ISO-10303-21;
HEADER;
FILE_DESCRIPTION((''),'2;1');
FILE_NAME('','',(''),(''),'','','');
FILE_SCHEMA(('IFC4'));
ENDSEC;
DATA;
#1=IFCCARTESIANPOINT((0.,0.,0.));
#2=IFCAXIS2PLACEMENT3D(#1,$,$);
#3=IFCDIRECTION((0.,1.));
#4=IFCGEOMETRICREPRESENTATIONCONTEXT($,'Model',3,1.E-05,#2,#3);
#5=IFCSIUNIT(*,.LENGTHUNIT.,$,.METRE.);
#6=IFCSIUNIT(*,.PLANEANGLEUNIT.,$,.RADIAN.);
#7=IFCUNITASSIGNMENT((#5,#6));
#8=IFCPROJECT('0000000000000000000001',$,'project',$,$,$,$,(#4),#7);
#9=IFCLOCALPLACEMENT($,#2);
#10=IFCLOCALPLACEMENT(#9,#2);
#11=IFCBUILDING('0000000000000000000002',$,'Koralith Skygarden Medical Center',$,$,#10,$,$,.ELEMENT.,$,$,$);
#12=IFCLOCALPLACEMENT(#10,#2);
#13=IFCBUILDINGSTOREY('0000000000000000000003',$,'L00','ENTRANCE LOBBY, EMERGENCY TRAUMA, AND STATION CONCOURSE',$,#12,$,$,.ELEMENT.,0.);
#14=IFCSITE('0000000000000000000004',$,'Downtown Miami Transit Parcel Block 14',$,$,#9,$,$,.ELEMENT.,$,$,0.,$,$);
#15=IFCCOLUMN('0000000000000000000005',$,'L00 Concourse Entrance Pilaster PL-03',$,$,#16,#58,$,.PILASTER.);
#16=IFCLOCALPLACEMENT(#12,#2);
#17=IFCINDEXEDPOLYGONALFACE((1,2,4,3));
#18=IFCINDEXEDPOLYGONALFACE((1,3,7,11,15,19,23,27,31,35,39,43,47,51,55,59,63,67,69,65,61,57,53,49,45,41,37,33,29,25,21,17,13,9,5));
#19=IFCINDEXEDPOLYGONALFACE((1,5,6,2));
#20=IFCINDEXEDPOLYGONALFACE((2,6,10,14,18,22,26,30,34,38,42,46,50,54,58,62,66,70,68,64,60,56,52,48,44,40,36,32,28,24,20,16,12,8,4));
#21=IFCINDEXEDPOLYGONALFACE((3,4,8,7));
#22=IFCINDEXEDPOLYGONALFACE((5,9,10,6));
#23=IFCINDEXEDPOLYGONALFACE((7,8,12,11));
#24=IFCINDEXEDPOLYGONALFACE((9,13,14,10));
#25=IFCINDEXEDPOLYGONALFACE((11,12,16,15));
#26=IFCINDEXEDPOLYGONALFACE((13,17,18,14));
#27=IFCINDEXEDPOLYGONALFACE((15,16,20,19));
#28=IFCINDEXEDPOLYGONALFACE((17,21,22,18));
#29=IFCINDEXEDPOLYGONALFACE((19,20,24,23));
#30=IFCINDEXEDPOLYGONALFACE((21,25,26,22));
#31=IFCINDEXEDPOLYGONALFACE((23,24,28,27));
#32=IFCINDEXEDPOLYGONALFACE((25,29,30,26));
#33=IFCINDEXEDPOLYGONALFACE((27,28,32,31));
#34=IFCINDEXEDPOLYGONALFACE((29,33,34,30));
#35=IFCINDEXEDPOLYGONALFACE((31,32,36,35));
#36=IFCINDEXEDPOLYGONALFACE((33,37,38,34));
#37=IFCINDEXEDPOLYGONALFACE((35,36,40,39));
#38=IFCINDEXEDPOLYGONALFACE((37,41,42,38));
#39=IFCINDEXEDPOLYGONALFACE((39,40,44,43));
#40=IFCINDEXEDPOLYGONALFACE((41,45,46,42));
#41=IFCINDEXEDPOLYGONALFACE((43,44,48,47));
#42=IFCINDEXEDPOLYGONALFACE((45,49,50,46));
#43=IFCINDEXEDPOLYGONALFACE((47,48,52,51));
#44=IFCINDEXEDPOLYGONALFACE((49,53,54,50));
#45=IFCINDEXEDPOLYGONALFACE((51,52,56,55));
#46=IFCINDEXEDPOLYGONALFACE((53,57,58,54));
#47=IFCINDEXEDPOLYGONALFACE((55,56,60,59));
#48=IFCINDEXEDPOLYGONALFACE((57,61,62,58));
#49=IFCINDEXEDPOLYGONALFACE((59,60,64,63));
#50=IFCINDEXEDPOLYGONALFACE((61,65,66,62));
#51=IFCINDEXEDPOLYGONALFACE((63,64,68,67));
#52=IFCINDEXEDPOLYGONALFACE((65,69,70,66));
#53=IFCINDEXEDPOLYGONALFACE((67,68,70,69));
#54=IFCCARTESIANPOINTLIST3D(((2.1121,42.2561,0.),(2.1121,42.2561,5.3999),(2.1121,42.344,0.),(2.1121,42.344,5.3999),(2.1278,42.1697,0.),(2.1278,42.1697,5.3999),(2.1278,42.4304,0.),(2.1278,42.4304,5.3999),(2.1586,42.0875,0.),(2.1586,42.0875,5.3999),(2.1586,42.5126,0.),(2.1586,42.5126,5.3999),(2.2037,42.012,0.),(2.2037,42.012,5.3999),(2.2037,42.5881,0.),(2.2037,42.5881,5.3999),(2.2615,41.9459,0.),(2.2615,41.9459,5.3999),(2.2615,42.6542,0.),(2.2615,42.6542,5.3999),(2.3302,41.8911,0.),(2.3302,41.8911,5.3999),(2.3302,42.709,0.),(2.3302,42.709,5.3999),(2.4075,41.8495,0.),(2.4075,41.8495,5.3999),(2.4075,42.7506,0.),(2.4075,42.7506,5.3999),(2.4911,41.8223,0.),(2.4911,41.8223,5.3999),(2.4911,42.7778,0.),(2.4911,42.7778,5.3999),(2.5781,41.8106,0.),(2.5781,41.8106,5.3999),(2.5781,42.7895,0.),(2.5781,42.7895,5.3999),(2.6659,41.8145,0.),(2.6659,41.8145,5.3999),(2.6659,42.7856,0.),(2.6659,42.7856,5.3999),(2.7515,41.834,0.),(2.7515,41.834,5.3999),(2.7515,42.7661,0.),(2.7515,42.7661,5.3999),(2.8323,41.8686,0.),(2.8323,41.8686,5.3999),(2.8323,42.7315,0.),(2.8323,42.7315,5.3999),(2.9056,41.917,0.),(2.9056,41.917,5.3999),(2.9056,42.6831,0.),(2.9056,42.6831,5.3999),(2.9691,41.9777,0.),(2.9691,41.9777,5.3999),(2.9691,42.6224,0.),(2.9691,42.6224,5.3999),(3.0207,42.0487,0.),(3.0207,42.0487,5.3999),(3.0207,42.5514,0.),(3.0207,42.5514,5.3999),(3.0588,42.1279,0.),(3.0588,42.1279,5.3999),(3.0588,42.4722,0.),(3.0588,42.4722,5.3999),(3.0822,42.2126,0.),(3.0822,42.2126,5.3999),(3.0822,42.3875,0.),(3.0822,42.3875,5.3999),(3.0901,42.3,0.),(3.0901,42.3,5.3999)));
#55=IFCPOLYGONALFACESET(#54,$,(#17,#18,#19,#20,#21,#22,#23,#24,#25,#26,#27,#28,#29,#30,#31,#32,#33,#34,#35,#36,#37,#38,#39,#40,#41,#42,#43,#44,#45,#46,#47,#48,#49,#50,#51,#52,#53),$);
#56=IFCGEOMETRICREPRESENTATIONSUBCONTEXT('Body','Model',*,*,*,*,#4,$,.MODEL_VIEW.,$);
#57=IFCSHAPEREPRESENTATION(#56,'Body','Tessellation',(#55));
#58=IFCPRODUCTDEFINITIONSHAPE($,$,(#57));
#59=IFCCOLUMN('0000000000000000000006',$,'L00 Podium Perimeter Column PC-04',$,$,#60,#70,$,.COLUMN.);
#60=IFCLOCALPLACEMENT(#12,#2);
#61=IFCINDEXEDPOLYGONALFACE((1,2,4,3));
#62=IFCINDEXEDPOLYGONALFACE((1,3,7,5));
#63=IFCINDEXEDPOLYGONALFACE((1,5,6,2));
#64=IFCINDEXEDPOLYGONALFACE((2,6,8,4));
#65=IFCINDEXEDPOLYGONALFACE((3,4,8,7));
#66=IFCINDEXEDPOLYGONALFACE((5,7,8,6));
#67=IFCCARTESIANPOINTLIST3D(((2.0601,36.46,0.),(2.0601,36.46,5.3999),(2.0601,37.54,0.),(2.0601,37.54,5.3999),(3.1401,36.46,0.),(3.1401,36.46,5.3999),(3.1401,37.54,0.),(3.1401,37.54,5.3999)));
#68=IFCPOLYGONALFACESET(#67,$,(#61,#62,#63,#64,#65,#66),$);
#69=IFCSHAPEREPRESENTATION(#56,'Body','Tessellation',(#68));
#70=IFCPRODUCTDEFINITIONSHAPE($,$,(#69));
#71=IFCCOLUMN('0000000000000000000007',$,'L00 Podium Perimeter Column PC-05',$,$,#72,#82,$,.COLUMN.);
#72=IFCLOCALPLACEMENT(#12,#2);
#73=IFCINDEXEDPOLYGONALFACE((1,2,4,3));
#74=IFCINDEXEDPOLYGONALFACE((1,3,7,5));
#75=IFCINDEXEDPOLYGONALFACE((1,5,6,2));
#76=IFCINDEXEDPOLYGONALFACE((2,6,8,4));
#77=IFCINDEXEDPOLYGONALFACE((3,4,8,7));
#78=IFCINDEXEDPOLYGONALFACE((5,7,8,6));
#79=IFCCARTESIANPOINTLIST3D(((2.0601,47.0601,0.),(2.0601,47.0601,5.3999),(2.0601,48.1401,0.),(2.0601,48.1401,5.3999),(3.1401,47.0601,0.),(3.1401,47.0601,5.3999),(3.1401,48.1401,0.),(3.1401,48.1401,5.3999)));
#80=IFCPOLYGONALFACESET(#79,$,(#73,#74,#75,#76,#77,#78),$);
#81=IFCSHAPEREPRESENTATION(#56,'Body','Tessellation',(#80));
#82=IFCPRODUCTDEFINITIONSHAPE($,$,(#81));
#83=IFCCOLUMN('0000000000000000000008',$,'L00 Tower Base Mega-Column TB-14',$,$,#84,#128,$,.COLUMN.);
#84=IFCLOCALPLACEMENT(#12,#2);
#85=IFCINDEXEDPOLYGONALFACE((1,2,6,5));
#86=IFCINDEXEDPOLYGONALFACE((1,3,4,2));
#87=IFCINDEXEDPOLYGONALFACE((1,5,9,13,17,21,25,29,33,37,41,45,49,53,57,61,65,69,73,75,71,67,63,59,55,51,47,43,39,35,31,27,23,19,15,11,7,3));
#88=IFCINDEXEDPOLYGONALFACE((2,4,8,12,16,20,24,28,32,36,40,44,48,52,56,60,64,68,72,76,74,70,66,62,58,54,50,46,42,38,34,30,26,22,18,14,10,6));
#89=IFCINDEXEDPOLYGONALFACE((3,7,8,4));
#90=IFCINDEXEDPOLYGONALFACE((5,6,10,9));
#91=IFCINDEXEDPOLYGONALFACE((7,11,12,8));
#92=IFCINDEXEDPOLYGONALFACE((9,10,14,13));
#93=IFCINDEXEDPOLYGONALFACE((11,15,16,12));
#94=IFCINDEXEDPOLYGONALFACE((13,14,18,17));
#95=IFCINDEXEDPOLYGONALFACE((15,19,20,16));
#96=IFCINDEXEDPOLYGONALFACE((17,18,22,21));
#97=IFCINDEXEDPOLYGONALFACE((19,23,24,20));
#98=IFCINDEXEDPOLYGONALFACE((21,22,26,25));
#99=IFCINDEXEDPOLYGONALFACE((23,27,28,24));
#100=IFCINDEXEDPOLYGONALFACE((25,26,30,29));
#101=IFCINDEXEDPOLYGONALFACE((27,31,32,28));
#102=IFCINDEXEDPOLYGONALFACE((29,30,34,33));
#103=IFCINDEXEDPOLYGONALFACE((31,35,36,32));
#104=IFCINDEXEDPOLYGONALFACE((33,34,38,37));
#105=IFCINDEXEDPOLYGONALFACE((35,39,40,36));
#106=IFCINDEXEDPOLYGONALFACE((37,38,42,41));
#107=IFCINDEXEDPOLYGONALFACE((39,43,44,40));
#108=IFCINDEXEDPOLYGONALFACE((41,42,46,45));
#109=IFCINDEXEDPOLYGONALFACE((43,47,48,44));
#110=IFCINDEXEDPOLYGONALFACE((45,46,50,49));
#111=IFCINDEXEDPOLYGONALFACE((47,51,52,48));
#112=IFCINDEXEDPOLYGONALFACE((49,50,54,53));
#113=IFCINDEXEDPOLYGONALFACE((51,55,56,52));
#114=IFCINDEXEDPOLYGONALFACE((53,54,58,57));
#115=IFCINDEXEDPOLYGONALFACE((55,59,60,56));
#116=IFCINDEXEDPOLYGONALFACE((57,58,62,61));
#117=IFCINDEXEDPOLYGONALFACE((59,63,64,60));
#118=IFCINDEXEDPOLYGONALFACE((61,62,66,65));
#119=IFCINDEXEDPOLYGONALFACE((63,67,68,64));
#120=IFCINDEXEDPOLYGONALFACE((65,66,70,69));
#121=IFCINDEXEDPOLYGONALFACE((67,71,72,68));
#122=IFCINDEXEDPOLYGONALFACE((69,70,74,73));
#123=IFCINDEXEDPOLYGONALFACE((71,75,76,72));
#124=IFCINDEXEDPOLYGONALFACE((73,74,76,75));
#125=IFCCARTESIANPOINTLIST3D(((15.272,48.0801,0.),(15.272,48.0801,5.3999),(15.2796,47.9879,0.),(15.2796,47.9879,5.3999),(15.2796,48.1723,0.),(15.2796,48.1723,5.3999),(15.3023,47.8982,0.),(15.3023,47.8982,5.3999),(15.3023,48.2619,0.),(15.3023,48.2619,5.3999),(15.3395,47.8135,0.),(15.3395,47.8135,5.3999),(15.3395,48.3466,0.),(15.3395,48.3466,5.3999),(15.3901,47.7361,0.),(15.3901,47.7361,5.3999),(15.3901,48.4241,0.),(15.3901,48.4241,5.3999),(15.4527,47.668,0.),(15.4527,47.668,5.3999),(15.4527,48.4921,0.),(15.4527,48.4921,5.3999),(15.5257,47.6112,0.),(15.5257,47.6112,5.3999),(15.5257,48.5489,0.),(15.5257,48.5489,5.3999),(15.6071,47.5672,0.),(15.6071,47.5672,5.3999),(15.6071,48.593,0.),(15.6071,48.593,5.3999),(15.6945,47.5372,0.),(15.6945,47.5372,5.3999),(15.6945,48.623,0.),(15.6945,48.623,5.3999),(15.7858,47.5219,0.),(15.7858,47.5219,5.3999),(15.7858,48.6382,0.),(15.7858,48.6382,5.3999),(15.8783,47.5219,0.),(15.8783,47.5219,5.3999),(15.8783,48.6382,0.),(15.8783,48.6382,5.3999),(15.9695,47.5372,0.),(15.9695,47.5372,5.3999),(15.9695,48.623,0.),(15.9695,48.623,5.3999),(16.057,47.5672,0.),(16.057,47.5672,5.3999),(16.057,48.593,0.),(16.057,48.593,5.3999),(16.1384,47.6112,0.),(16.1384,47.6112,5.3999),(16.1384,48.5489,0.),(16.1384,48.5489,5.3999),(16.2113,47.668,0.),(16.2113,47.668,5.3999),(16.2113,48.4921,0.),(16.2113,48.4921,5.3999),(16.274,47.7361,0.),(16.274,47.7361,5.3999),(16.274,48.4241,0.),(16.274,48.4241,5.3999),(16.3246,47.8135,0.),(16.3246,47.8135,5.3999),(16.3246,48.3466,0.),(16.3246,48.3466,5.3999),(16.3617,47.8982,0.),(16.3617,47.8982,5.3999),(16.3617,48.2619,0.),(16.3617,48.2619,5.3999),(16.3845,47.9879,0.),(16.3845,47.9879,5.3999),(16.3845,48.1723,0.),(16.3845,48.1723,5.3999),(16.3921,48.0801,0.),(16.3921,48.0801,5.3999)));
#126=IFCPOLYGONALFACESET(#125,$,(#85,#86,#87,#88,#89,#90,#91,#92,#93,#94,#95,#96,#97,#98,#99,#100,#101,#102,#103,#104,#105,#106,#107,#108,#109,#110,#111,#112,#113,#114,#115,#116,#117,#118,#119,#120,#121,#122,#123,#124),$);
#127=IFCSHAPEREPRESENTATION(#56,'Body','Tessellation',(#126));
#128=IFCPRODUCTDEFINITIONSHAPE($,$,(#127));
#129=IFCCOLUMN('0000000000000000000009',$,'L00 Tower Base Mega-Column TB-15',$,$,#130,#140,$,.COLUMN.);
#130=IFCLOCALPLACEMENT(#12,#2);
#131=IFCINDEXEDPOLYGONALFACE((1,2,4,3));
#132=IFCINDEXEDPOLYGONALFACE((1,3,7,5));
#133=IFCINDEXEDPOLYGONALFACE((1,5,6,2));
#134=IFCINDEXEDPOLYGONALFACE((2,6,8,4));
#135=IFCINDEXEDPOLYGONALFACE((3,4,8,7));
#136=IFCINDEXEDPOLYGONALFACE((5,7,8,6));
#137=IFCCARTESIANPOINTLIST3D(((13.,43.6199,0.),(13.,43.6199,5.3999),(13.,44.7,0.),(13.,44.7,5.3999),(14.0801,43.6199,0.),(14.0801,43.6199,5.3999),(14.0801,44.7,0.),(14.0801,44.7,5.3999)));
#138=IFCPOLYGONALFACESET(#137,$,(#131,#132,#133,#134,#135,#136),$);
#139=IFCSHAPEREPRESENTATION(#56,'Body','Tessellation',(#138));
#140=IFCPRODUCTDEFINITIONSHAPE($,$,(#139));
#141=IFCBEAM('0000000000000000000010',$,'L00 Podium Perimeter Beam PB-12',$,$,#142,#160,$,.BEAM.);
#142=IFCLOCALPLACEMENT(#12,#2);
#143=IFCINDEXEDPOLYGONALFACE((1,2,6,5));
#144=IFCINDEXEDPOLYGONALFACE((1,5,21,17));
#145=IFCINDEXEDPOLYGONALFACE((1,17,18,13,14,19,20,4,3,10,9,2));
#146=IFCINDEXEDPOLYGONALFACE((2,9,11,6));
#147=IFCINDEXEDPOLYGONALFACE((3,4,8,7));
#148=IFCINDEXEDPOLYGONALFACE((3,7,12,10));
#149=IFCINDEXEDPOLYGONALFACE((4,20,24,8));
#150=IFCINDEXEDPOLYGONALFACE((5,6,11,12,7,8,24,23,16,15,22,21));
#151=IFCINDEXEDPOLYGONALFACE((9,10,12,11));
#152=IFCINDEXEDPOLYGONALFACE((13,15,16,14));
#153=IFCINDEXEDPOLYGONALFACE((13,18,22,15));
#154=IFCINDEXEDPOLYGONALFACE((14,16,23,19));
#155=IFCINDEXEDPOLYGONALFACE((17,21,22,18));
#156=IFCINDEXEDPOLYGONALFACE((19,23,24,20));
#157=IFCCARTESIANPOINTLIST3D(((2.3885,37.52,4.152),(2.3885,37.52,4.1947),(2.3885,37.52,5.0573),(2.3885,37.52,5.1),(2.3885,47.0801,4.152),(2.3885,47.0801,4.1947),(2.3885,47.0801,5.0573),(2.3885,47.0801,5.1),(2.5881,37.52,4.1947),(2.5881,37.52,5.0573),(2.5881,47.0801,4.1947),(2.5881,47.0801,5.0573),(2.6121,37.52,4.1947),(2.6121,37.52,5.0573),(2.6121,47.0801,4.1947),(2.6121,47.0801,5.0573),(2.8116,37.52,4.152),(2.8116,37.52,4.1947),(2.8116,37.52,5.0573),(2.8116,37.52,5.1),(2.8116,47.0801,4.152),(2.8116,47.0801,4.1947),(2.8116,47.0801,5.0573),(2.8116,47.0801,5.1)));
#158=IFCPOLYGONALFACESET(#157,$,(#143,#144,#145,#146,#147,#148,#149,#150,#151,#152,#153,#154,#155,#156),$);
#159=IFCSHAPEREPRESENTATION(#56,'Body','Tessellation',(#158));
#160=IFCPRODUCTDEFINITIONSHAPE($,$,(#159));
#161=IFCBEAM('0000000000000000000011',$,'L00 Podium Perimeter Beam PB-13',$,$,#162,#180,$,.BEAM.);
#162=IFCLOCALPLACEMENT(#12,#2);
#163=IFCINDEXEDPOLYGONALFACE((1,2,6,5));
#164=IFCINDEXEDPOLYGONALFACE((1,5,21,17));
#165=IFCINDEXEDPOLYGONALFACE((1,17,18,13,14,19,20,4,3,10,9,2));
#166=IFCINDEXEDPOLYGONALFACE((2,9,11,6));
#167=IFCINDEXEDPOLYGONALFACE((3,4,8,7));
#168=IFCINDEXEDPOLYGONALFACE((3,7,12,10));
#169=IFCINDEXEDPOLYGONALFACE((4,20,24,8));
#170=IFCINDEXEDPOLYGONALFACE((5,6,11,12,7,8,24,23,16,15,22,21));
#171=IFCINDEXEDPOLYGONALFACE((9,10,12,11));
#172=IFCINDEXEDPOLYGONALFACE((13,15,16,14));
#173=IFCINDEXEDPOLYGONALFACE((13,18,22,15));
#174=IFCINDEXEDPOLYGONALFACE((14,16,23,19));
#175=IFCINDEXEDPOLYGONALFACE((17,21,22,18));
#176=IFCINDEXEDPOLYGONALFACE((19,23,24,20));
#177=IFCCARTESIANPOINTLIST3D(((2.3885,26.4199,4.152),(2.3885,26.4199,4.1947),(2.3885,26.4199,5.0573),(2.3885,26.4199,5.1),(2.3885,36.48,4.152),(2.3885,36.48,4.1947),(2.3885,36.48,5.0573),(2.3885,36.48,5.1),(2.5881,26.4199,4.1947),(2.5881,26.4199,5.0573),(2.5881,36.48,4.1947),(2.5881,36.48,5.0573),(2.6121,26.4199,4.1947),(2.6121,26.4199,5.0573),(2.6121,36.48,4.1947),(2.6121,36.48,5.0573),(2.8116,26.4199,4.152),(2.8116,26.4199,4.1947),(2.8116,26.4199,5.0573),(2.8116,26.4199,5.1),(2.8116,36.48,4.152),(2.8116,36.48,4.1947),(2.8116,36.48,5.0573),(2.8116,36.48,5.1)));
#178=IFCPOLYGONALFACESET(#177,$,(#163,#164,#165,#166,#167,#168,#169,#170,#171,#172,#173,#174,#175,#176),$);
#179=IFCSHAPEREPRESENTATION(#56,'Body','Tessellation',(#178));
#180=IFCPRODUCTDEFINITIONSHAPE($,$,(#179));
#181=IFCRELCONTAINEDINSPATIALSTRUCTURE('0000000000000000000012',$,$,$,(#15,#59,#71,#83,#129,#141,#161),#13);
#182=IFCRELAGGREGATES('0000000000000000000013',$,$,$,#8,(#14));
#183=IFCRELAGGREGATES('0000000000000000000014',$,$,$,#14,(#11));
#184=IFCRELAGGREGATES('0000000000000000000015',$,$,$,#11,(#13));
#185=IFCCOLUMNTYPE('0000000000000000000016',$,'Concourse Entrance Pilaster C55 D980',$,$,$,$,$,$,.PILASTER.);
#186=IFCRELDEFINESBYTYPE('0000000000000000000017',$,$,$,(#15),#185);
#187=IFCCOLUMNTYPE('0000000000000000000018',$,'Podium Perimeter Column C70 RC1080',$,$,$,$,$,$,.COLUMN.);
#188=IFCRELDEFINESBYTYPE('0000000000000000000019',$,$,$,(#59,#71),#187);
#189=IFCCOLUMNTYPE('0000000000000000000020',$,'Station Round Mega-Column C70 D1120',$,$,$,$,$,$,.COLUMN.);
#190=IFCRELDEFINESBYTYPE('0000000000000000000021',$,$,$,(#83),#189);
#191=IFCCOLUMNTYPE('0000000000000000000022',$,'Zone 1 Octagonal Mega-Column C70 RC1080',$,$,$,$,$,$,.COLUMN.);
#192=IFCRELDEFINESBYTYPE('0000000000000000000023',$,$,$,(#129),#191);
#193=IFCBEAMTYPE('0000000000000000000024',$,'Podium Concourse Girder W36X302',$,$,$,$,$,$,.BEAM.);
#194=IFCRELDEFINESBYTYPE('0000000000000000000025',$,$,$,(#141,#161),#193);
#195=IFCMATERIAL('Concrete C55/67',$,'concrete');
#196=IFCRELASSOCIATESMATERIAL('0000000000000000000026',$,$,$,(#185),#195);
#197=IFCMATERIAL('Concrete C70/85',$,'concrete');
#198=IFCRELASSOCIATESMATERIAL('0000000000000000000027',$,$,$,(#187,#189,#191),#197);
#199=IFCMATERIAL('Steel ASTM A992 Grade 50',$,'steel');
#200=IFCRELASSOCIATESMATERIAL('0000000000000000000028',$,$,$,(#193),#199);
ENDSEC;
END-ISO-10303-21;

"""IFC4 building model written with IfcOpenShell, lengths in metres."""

from ifc_helpers import new_model, si_unit, direction, frame, origin, origin_2d, place, context, subcontext, project, spatial, rectangle, circle, i_section, extrude, material, material_profile, profile_set, type_object, element, save


model = new_model("IFC4")

# Units and contexts
model_context = context("Model", 3, precision=1e-05, world=origin(), true_north=direction((0.0, 1.0)))
body_context = subcontext(model_context, "Body", "Model", "MODEL_VIEW")
ifc_project = project(units=[si_unit("LENGTHUNIT", "METRE"), si_unit("PLANEANGLEUNIT", "RADIAN")], contexts=[model_context])

# Site, building, storey
site_placement = place(None, origin())
site = spatial("IfcSite", under=ifc_project, at=site_placement, Name="Downtown Miami Transit Parcel Block 14", CompositionType="ELEMENT", RefElevation=0.0)
building_placement = place(site_placement, origin())
building = spatial("IfcBuilding", under=site, at=building_placement, Name="Koralith Skygarden Medical Center", CompositionType="ELEMENT")
storey_placement = place(building_placement, origin())
storey = spatial("IfcBuildingStorey", under=building, at=storey_placement, Name="L00", Description="ENTRANCE LOBBY, EMERGENCY TRAUMA, AND STATION CONCOURSE", CompositionType="ELEMENT", Elevation=0.0)

# Columns
ifc_material_1 = material(Name="Concrete C55/67", Category="concrete")
ifc_material_profile_1 = material_profile(ifc_material_1, circle(Radius=0.49, at=origin_2d()), Name="RCCOL980")
ifc_profile_set_1 = profile_set([ifc_material_profile_1], Name="Concrete C55/67")
column_type_1 = type_object("IfcColumnType", Name="Concourse Entrance Pilaster C55 D980", PredefinedType="PILASTER", material=ifc_profile_set_1)
column_1_placement = place(storey_placement, frame((2.6001, 42.3, 0.0), z_axis=(0.0, 0.0, 1.0), x_axis=(1.0, 0.0, 0.0)))
element("IfcColumn", 1, at=column_1_placement, inside=storey, type_object=column_type_1, Name="L00 Concourse Entrance Pilaster PL-03", PredefinedType="PILASTER", context=body_context, shape_type="SweptSolid", body=[
    extrude(circle(Radius=0.49, at=origin_2d()), origin(), (0.0, 0.0, 1.0), 5.3999),
])
ifc_material_2 = material(Name="Concrete C70/85", Category="concrete")
ifc_material_profile_2 = material_profile(ifc_material_2, rectangle(XDim=1.0801, YDim=1.0801, at=origin_2d()), Name="RC1080X1080")
ifc_profile_set_2 = profile_set([ifc_material_profile_2], Name="Concrete C70/85")
column_type_2 = type_object("IfcColumnType", Name="Podium Perimeter Column C70 RC1080", PredefinedType="COLUMN", material=ifc_profile_set_2)
for number, where, z_axis, x_axis, name in (
    (2, (2.6001, 37.0, 0.0), (0.0, 0.0, 1.0), (1.0, 0.0, 0.0), "L00 Podium Perimeter Column PC-04"),
    (3, (2.6001, 47.6001, 0.0), (0.0, 0.0, 1.0), (1.0, 0.0, 0.0), "L00 Podium Perimeter Column PC-05"),
):
    element("IfcColumn", number, at=place(storey_placement, frame(where, z_axis=z_axis, x_axis=x_axis)), inside=storey, type_object=column_type_2, Name=name, PredefinedType="COLUMN", context=body_context, shape_type="SweptSolid", body=[
        extrude(rectangle(XDim=1.0801, YDim=1.0801, at=origin_2d()), origin(), (0.0, 0.0, 1.0), 5.3999),
    ])
ifc_material_profile_3 = material_profile(ifc_material_2, circle(Radius=0.5601, at=origin_2d()), Name="RCCOL1120")
ifc_profile_set_3 = profile_set([ifc_material_profile_3], Name="Concrete C70/85")
column_type_3 = type_object("IfcColumnType", Name="Station Round Mega-Column C70 D1120", PredefinedType="COLUMN", material=ifc_profile_set_3)
column_2_placement = place(storey_placement, frame((15.832, 48.0801, 0.0), z_axis=(0.0, 0.0, 1.0), x_axis=(1.0, 0.0, 0.0)))
element("IfcColumn", 4, at=column_2_placement, inside=storey, type_object=column_type_3, Name="L00 Tower Base Mega-Column TB-14", PredefinedType="COLUMN", context=body_context, shape_type="SweptSolid", body=[
    extrude(circle(Radius=0.5601, at=origin_2d()), origin(), (0.0, 0.0, 1.0), 5.3999),
])
ifc_material_profile_4 = material_profile(ifc_material_2, rectangle(XDim=1.0801, YDim=1.0801, at=origin_2d()), Name="RC1080X1080")
ifc_profile_set_4 = profile_set([ifc_material_profile_4], Name="Concrete C70/85")
column_type_4 = type_object("IfcColumnType", Name="Zone 1 Octagonal Mega-Column C70 RC1080", PredefinedType="COLUMN", material=ifc_profile_set_4)
column_3_placement = place(storey_placement, frame((13.54, 44.1599, 0.0), z_axis=(0.0, 0.0, 1.0), x_axis=(1.0, 0.0, 0.0)))
element("IfcColumn", 5, at=column_3_placement, inside=storey, type_object=column_type_4, Name="L00 Tower Base Mega-Column TB-15", PredefinedType="COLUMN", context=body_context, shape_type="SweptSolid", body=[
    extrude(rectangle(XDim=1.0801, YDim=1.0801, at=origin_2d()), origin(), (0.0, 0.0, 1.0), 5.3999),
])

# Beams
ifc_material_3 = material(Name="Steel ASTM A992 Grade 50", Category="steel")
ifc_material_profile_5 = material_profile(ifc_material_3, i_section(OverallWidth=0.4231, OverallDepth=0.948, WebThickness=0.0239, FlangeThickness=0.0427, at=origin_2d()), Name="W36X302")
ifc_profile_set_5 = profile_set([ifc_material_profile_5], Name="Steel ASTM A992 Grade 50")
beam_type_1 = type_object("IfcBeamType", Name="Podium Concourse Girder W36X302", PredefinedType="BEAM", material=ifc_profile_set_5)
beam_1_placement = place(storey_placement, frame((2.6001, 47.0801, 4.626), z_axis=(0.0, -1.0, 0.0), x_axis=(1.0, 0.0, 0.0)))
element("IfcBeam", 6, at=beam_1_placement, inside=storey, type_object=beam_type_1, Name="L00 Podium Perimeter Beam PB-12", PredefinedType="BEAM", context=body_context, shape_type="SweptSolid", body=[
    extrude(i_section(OverallWidth=0.4231, OverallDepth=0.948, WebThickness=0.0239, FlangeThickness=0.0427, at=origin_2d()), origin(), (0.0, 0.0, 1.0), 9.5601),
])
beam_2_placement = place(storey_placement, frame((2.6001, 36.48, 4.626), z_axis=(0.0, -1.0, 0.0), x_axis=(1.0, 0.0, 0.0)))
element("IfcBeam", 7, at=beam_2_placement, inside=storey, type_object=beam_type_1, Name="L00 Podium Perimeter Beam PB-13", PredefinedType="BEAM", context=body_context, shape_type="SweptSolid", body=[
    extrude(i_section(OverallWidth=0.4231, OverallDepth=0.948, WebThickness=0.0239, FlangeThickness=0.0427, at=origin_2d()), origin(), (0.0, 0.0, 1.0), 10.0601),
])

save(model, "model.ifc")
